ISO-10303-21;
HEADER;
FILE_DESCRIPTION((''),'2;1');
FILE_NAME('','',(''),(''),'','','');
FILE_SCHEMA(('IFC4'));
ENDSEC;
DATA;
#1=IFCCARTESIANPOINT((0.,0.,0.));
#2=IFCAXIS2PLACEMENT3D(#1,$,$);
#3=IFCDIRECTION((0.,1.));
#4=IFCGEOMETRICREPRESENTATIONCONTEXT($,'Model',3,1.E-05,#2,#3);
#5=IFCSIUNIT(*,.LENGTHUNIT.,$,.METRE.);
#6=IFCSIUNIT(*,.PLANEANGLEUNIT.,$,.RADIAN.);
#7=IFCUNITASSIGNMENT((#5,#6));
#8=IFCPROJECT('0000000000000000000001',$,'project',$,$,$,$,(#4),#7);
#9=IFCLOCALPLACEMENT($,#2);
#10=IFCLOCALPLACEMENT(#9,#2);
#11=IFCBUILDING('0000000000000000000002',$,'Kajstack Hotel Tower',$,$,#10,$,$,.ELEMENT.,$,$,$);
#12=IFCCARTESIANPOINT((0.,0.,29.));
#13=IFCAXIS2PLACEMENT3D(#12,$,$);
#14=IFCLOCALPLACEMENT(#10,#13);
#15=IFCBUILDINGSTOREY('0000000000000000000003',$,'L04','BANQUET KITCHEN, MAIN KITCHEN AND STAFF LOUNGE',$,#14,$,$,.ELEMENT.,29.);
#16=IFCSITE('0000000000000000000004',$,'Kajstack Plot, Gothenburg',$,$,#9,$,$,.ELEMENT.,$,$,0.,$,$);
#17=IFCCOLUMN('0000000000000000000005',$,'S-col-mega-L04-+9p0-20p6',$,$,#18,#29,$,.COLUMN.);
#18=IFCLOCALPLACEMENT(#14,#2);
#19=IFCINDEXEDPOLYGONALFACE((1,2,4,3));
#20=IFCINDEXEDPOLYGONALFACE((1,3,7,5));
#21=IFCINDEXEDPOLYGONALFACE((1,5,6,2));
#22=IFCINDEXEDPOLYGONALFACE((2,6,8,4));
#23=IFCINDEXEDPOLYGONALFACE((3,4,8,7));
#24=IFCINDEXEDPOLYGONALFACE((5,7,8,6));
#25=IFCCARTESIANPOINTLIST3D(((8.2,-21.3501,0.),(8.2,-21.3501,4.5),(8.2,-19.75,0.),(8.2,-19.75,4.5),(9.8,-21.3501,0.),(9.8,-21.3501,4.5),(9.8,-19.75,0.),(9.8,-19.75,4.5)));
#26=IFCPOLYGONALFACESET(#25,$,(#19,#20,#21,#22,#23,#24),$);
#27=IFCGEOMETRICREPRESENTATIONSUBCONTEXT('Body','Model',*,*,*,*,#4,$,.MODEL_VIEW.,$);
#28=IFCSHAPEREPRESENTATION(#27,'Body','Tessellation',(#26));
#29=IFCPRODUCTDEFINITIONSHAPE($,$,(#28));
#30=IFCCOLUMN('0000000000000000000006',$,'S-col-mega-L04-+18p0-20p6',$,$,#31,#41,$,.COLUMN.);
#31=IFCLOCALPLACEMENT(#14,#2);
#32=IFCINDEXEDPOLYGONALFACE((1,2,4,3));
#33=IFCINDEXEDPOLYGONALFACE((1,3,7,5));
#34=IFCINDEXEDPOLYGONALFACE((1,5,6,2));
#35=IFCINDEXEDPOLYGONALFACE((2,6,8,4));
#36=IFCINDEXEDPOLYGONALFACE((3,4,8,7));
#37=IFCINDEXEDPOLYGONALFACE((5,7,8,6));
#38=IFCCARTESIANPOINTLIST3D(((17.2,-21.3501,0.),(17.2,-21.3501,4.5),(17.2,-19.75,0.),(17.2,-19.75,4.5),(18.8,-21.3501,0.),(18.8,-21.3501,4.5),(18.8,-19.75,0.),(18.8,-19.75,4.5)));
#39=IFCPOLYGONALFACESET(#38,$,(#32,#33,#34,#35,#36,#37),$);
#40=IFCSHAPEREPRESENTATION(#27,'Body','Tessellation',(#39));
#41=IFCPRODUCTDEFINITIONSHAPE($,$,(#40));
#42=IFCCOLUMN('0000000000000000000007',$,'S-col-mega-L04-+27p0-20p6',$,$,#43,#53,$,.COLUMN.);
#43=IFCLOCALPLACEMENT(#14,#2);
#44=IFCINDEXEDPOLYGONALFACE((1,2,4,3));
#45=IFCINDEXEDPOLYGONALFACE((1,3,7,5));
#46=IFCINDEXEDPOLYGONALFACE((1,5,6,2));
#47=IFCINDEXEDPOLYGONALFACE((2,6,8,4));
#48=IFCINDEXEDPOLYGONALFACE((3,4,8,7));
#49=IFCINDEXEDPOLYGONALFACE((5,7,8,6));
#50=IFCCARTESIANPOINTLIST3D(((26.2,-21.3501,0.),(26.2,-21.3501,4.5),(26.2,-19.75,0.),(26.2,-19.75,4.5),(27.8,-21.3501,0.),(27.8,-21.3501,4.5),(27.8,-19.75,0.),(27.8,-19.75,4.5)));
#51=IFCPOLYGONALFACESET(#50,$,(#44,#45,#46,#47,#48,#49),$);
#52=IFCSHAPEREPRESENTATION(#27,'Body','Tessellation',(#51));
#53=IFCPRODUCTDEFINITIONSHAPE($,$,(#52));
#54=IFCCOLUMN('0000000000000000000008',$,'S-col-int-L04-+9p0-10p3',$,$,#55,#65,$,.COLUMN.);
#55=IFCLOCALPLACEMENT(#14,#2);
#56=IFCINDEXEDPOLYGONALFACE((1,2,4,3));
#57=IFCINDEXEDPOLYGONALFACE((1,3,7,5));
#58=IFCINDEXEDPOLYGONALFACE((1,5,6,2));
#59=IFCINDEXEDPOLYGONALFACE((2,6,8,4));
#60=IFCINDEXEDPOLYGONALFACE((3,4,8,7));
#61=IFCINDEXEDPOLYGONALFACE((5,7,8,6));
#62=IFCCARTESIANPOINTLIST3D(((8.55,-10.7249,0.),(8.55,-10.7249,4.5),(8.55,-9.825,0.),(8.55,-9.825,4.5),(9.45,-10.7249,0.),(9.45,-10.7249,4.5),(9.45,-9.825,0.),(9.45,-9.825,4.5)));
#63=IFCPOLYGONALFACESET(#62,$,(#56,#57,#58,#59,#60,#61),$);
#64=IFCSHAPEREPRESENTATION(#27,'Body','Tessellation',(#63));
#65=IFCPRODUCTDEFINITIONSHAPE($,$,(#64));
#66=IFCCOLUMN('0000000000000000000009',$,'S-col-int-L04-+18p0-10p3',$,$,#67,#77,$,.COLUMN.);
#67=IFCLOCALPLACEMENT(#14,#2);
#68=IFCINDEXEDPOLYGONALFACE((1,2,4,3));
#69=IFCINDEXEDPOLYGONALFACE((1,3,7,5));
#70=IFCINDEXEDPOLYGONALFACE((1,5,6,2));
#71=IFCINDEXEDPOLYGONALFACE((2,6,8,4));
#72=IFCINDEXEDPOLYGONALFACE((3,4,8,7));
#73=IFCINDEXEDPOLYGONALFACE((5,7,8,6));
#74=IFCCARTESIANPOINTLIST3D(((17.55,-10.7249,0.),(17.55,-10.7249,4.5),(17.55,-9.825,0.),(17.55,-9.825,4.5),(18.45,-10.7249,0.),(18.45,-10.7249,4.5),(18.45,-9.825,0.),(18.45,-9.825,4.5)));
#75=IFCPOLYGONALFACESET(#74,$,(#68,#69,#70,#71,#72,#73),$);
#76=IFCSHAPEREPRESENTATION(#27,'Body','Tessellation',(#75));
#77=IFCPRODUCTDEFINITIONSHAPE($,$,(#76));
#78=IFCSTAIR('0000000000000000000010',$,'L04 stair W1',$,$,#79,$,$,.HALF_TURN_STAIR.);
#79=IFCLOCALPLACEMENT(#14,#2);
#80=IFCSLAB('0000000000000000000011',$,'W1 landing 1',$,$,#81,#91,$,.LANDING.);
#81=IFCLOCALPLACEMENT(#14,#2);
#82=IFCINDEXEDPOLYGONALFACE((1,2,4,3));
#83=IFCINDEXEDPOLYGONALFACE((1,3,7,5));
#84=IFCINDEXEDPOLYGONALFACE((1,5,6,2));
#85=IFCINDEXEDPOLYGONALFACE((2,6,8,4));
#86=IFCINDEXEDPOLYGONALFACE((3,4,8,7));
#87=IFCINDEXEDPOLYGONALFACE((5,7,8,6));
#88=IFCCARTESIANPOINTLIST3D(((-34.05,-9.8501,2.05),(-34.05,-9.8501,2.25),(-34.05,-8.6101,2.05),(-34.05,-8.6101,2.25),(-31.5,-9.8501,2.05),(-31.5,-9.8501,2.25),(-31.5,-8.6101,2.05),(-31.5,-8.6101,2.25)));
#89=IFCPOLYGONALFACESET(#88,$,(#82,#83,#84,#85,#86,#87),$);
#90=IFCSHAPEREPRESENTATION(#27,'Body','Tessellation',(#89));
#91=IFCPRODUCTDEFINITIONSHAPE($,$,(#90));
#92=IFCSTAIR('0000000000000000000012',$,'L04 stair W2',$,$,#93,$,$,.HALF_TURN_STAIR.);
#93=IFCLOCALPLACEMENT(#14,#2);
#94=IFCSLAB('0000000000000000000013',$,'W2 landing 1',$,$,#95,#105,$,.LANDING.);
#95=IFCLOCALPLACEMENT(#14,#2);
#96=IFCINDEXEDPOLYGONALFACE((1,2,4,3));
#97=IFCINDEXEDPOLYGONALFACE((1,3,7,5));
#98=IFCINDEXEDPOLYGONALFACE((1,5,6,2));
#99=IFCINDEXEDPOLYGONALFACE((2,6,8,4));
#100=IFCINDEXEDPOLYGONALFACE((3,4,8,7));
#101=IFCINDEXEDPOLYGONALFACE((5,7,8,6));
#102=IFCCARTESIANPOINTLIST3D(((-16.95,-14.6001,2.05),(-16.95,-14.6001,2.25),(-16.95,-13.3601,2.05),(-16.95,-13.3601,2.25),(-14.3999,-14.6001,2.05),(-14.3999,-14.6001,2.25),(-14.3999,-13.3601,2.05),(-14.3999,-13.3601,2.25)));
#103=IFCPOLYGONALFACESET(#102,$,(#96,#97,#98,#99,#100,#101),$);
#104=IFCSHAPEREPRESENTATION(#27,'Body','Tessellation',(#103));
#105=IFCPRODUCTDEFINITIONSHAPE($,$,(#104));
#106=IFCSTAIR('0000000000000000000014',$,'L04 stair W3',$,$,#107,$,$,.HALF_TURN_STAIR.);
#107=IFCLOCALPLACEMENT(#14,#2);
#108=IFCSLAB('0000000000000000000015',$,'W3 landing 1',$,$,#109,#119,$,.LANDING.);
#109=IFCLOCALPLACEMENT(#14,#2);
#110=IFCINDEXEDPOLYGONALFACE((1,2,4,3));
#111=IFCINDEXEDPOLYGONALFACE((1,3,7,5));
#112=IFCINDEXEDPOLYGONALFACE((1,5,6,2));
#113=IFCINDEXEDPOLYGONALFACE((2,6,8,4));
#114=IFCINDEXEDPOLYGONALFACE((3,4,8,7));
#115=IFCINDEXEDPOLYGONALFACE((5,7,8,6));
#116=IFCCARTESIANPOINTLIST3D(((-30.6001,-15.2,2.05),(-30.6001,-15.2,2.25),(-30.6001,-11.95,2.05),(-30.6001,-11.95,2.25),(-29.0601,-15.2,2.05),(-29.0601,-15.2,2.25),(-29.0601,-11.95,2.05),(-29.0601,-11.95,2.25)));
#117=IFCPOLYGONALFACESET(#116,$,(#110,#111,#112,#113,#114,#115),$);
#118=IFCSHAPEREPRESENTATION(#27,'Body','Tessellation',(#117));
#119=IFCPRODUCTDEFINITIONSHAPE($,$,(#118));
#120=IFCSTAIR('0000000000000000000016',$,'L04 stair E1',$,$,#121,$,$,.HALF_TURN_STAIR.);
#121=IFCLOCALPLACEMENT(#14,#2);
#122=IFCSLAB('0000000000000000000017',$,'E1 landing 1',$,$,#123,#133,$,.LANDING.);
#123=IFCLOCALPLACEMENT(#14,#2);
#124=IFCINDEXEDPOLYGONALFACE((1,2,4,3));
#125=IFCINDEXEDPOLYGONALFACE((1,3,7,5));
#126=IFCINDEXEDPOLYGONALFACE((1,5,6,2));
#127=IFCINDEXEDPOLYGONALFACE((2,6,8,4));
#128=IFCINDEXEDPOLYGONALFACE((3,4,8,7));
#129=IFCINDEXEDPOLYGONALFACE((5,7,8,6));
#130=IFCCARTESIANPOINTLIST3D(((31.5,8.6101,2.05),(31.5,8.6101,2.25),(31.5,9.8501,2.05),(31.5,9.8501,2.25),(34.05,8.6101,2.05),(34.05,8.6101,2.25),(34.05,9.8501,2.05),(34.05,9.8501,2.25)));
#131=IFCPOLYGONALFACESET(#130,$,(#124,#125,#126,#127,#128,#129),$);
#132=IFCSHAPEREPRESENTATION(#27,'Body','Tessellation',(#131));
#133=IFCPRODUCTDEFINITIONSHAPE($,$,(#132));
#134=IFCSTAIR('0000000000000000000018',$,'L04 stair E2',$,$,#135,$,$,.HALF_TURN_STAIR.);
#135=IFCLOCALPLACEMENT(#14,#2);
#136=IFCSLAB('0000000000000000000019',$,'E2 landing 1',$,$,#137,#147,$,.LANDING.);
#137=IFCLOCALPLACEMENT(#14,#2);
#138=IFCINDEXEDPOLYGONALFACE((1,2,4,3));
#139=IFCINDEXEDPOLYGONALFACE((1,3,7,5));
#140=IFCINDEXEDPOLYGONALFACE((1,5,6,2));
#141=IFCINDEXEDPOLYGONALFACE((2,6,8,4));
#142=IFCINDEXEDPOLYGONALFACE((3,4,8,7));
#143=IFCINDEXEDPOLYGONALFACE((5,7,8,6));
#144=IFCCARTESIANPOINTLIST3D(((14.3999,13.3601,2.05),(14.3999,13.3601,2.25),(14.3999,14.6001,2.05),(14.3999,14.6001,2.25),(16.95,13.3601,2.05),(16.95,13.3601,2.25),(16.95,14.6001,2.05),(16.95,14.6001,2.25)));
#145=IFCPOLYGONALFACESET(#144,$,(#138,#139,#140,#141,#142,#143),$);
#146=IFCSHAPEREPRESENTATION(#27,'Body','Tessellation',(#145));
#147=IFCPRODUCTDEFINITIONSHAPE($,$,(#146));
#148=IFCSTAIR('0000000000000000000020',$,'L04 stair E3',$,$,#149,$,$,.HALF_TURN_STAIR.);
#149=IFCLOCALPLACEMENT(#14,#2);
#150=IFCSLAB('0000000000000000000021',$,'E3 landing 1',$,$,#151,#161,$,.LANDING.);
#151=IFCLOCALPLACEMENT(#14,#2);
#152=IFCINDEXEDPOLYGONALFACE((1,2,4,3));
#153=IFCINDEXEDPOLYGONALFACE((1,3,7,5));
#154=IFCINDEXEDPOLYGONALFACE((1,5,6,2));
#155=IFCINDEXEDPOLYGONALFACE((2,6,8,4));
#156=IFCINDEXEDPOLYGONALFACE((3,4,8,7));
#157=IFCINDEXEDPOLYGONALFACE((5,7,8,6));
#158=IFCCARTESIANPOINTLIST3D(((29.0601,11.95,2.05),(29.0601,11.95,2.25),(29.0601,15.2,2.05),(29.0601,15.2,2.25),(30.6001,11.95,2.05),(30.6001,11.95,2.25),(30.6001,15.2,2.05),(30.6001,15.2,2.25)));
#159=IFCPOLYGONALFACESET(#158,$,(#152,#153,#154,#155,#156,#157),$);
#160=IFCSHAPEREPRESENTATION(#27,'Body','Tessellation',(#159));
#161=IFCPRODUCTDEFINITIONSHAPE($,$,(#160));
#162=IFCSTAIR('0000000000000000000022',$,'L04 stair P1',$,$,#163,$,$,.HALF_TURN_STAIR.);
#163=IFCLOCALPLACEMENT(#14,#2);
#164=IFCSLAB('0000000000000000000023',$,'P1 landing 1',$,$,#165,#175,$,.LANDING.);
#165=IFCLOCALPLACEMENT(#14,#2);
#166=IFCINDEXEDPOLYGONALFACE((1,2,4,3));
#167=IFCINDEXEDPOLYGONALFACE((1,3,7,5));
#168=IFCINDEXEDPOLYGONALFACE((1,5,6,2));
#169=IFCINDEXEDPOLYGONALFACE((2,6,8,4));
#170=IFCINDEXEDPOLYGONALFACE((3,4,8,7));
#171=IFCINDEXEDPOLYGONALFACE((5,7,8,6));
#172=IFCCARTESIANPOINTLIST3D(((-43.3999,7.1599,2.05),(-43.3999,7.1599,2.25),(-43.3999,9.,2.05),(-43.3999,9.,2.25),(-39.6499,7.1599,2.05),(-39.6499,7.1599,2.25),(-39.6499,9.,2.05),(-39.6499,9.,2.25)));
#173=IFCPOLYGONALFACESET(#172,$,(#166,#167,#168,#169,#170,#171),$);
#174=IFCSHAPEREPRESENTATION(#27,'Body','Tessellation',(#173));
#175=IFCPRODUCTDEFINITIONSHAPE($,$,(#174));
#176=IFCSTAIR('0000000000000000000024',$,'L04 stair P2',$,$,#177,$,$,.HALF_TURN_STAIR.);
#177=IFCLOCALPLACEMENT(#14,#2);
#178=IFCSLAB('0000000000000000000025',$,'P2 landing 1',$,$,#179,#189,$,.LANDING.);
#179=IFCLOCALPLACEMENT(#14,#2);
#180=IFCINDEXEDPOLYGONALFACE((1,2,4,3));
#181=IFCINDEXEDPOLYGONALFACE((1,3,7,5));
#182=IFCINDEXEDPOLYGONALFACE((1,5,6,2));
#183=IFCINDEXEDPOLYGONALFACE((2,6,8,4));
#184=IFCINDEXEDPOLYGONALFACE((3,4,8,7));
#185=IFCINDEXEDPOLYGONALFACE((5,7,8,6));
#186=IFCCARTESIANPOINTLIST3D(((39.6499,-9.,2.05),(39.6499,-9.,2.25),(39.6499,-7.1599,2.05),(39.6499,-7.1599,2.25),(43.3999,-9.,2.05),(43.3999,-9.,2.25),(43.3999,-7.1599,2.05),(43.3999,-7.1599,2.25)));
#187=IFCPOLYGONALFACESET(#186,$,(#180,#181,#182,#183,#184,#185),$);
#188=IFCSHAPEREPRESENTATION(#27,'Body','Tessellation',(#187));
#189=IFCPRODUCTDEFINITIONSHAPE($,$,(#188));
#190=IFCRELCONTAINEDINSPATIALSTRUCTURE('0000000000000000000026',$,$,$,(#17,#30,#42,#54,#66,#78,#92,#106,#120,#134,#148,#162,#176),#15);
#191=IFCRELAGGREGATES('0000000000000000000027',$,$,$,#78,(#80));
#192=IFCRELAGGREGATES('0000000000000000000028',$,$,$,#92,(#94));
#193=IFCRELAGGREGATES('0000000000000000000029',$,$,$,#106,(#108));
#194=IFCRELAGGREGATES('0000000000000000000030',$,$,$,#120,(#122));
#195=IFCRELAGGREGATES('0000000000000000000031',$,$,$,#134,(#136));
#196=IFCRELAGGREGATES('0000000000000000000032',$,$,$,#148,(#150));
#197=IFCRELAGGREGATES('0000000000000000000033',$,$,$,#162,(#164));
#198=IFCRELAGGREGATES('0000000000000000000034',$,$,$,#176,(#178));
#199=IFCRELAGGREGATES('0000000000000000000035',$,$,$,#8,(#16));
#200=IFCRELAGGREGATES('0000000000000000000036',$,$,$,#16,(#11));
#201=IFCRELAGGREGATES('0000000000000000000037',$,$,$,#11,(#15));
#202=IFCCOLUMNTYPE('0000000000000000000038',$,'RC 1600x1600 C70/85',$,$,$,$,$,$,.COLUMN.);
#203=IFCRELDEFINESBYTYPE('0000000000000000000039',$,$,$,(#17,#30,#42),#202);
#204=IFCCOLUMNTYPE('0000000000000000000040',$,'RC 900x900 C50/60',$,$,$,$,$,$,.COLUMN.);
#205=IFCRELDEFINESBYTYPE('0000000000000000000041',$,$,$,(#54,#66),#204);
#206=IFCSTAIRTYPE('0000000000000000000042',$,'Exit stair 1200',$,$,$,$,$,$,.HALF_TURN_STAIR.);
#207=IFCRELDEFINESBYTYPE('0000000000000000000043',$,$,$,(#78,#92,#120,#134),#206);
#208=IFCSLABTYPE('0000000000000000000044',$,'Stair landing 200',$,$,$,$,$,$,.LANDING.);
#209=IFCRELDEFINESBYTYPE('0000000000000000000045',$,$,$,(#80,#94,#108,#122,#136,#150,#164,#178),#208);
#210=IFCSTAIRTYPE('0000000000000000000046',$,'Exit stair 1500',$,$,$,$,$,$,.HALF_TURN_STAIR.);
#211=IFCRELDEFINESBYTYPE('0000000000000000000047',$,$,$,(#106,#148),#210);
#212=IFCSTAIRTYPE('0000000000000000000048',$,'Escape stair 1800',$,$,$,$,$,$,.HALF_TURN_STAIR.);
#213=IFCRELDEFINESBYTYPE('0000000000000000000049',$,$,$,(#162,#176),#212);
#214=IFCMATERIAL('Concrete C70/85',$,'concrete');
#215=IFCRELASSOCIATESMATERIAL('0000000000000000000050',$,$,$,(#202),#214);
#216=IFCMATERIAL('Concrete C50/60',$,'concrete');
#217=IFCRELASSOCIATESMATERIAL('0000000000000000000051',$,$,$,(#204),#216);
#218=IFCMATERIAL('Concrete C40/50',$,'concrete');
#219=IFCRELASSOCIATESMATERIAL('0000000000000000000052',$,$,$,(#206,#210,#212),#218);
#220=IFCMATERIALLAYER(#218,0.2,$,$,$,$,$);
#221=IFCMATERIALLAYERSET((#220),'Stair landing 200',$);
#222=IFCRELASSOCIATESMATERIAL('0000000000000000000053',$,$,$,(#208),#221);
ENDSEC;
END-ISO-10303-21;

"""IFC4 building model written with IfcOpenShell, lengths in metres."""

from ifc_helpers import new_model, si_unit, direction, frame, origin, origin_2d, place, context, subcontext, project, spatial, polyline, rectangle, outline, extrude, material, layer, layer_set, material_profile, profile_set, type_object, element, aggregate, save


model = new_model("IFC4")

# Units and contexts
model_context = context("Model", 3, precision=1e-05, world=origin(), true_north=direction((0.0, 1.0)))
body_context = subcontext(model_context, "Body", "Model", "MODEL_VIEW")
ifc_project = project(units=[si_unit("LENGTHUNIT", "METRE"), si_unit("PLANEANGLEUNIT", "RADIAN")], contexts=[model_context])

# Site, building, storey
site_placement = place(None, origin())
site = spatial("IfcSite", under=ifc_project, at=site_placement, Name="Kajstack Plot, Gothenburg", CompositionType="ELEMENT", RefElevation=0.0)
building_placement = place(site_placement, origin())
building = spatial("IfcBuilding", under=site, at=building_placement, Name="Kajstack Hotel Tower", CompositionType="ELEMENT")
storey_placement = place(building_placement, frame((0.0, 0.0, 29.0)))
storey = spatial("IfcBuildingStorey", under=building, at=storey_placement, Name="L04", Description="BANQUET KITCHEN, MAIN KITCHEN AND STAFF LOUNGE", CompositionType="ELEMENT", Elevation=29.0)

# Columns
ifc_material_1 = material(Name="Concrete C70/85", Category="concrete")
ifc_material_profile_1 = material_profile(ifc_material_1, rectangle(XDim=1.6001, YDim=1.6001, at=origin_2d()), Name="RC 1600x1600")
ifc_profile_set_1 = profile_set([ifc_material_profile_1], Name="Concrete C70/85")
column_type_1 = type_object("IfcColumnType", Name="RC 1600x1600 C70/85", PredefinedType="COLUMN", material=ifc_profile_set_1)
for number, where, z_axis, x_axis, name in (
    (1, (9.0, -20.55, 0.0), (0.0, 0.0, 1.0), (1.0, 0.0, 0.0), "S-col-mega-L04-+9p0-20p6"),
    (2, (18.0, -20.55, 0.0), (0.0, 0.0, 1.0), (1.0, 0.0, 0.0), "S-col-mega-L04-+18p0-20p6"),
    (3, (27.0, -20.55, 0.0), (0.0, 0.0, 1.0), (1.0, 0.0, 0.0), "S-col-mega-L04-+27p0-20p6"),
):
    element("IfcColumn", number, at=place(storey_placement, frame(where, z_axis=z_axis, x_axis=x_axis)), inside=storey, type_object=column_type_1, Name=name, PredefinedType="COLUMN", context=body_context, shape_type="SweptSolid", body=[
        extrude(rectangle(XDim=1.6001, YDim=1.6001, at=origin_2d()), origin(), (0.0, 0.0, 1.0), 4.5),
    ])
ifc_material_2 = material(Name="Concrete C50/60", Category="concrete")
ifc_material_profile_2 = material_profile(ifc_material_2, rectangle(XDim=0.8999, YDim=0.8999, at=origin_2d()), Name="RC 900x900")
ifc_profile_set_2 = profile_set([ifc_material_profile_2], Name="Concrete C50/60")
column_type_2 = type_object("IfcColumnType", Name="RC 900x900 C50/60", PredefinedType="COLUMN", material=ifc_profile_set_2)
for number, where, z_axis, x_axis, name in (
    (4, (9.0, -10.2749, 0.0), (0.0, 0.0, 1.0), (1.0, 0.0, 0.0), "S-col-int-L04-+9p0-10p3"),
    (5, (18.0, -10.2749, 0.0), (0.0, 0.0, 1.0), (1.0, 0.0, 0.0), "S-col-int-L04-+18p0-10p3"),
):
    element("IfcColumn", number, at=place(storey_placement, frame(where, z_axis=z_axis, x_axis=x_axis)), inside=storey, type_object=column_type_2, Name=name, PredefinedType="COLUMN", context=body_context, shape_type="SweptSolid", body=[
        extrude(rectangle(XDim=0.8999, YDim=0.8999, at=origin_2d()), origin(), (0.0, 0.0, 1.0), 4.5),
    ])

# Stairs, slabs
ifc_material_3 = material(Name="Concrete C40/50", Category="concrete")
stair_type_1 = type_object("IfcStairType", Name="Exit stair 1200", PredefinedType="HALF_TURN_STAIR", material=ifc_material_3)
stair_1_placement = place(storey_placement, origin())
stair_1 = element("IfcStair", 6, at=stair_1_placement, inside=storey, type_object=stair_type_1, Name="L04 stair W1", PredefinedType="HALF_TURN_STAIR")
ifc_layer_1 = layer(ifc_material_3, 0.2)
ifc_layer_set_1 = layer_set([ifc_layer_1], Name="Stair landing 200")
slab_type = type_object("IfcSlabType", Name="Stair landing 200", PredefinedType="LANDING", material=ifc_layer_set_1)
slab_1_placement = place(storey_placement, frame((0.0, 0.0, 2.05)))
slab_1 = element("IfcSlab", 7, at=slab_1_placement, type_object=slab_type, Name="W1 landing 1", PredefinedType="LANDING", context=body_context, shape_type="SweptSolid", body=[
    extrude(outline(polyline([(-34.05, -8.6101), (-34.05, -9.8501), (-31.5, -9.8501), (-31.5, -8.6101), (-34.05, -8.6101)])), origin(), (0.0, 0.0, 1.0), 0.2),
])
aggregate(stair_1, [slab_1])
stair_2_placement = place(storey_placement, origin())
stair_2 = element("IfcStair", 8, at=stair_2_placement, inside=storey, type_object=stair_type_1, Name="L04 stair W2", PredefinedType="HALF_TURN_STAIR")
slab_2_placement = place(storey_placement, frame((0.0, 0.0, 2.05)))
slab_2 = element("IfcSlab", 9, at=slab_2_placement, type_object=slab_type, Name="W2 landing 1", PredefinedType="LANDING", context=body_context, shape_type="SweptSolid", body=[
    extrude(outline(polyline([(-16.95, -13.3601), (-16.95, -14.6001), (-14.3999, -14.6001), (-14.3999, -13.3601), (-16.95, -13.3601)])), origin(), (0.0, 0.0, 1.0), 0.2),
])
aggregate(stair_2, [slab_2])
stair_type_2 = type_object("IfcStairType", Name="Exit stair 1500", PredefinedType="HALF_TURN_STAIR", material=ifc_material_3)
stair_3_placement = place(storey_placement, origin())
stair_3 = element("IfcStair", 10, at=stair_3_placement, inside=storey, type_object=stair_type_2, Name="L04 stair W3", PredefinedType="HALF_TURN_STAIR")
slab_3_placement = place(storey_placement, frame((0.0, 0.0, 2.05)))
slab_3 = element("IfcSlab", 11, at=slab_3_placement, type_object=slab_type, Name="W3 landing 1", PredefinedType="LANDING", context=body_context, shape_type="SweptSolid", body=[
    extrude(outline(polyline([(-29.0601, -11.95), (-30.6001, -11.95), (-30.6001, -15.2), (-29.0601, -15.2), (-29.0601, -11.95)])), origin(), (0.0, 0.0, 1.0), 0.2),
])
aggregate(stair_3, [slab_3])
stair_4_placement = place(storey_placement, origin())
stair_4 = element("IfcStair", 12, at=stair_4_placement, inside=storey, type_object=stair_type_1, Name="L04 stair E1", PredefinedType="HALF_TURN_STAIR")
slab_4_placement = place(storey_placement, frame((0.0, 0.0, 2.05)))
slab_4 = element("IfcSlab", 13, at=slab_4_placement, type_object=slab_type, Name="E1 landing 1", PredefinedType="LANDING", context=body_context, shape_type="SweptSolid", body=[
    extrude(outline(polyline([(34.05, 8.6101), (34.05, 9.8501), (31.5, 9.8501), (31.5, 8.6101), (34.05, 8.6101)])), origin(), (0.0, 0.0, 1.0), 0.2),
])
aggregate(stair_4, [slab_4])
stair_5_placement = place(storey_placement, origin())
stair_5 = element("IfcStair", 14, at=stair_5_placement, inside=storey, type_object=stair_type_1, Name="L04 stair E2", PredefinedType="HALF_TURN_STAIR")
slab_5_placement = place(storey_placement, frame((0.0, 0.0, 2.05)))
slab_5 = element("IfcSlab", 15, at=slab_5_placement, type_object=slab_type, Name="E2 landing 1", PredefinedType="LANDING", context=body_context, shape_type="SweptSolid", body=[
    extrude(outline(polyline([(16.95, 13.3601), (16.95, 14.6001), (14.3999, 14.6001), (14.3999, 13.3601), (16.95, 13.3601)])), origin(), (0.0, 0.0, 1.0), 0.2),
])
aggregate(stair_5, [slab_5])
stair_6_placement = place(storey_placement, origin())
stair_6 = element("IfcStair", 16, at=stair_6_placement, inside=storey, type_object=stair_type_2, Name="L04 stair E3", PredefinedType="HALF_TURN_STAIR")
slab_6_placement = place(storey_placement, frame((0.0, 0.0, 2.05)))
slab_6 = element("IfcSlab", 17, at=slab_6_placement, type_object=slab_type, Name="E3 landing 1", PredefinedType="LANDING", context=body_context, shape_type="SweptSolid", body=[
    extrude(outline(polyline([(29.0601, 11.95), (30.6001, 11.95), (30.6001, 15.2), (29.0601, 15.2), (29.0601, 11.95)])), origin(), (0.0, 0.0, 1.0), 0.2),
])
aggregate(stair_6, [slab_6])
stair_type_3 = type_object("IfcStairType", Name="Escape stair 1800", PredefinedType="HALF_TURN_STAIR", material=ifc_material_3)
stair_7_placement = place(storey_placement, origin())
stair_7 = element("IfcStair", 18, at=stair_7_placement, inside=storey, type_object=stair_type_3, Name="L04 stair P1", PredefinedType="HALF_TURN_STAIR")
slab_7_placement = place(storey_placement, frame((0.0, 0.0, 2.05)))
slab_7 = element("IfcSlab", 19, at=slab_7_placement, type_object=slab_type, Name="P1 landing 1", PredefinedType="LANDING", context=body_context, shape_type="SweptSolid", body=[
    extrude(outline(polyline([(-39.6499, 7.1599), (-39.6499, 9.0), (-43.3999, 9.0), (-43.3999, 7.1599), (-39.6499, 7.1599)])), origin(), (0.0, 0.0, 1.0), 0.2),
])
aggregate(stair_7, [slab_7])
stair_8_placement = place(storey_placement, origin())
stair_8 = element("IfcStair", 20, at=stair_8_placement, inside=storey, type_object=stair_type_3, Name="L04 stair P2", PredefinedType="HALF_TURN_STAIR")
slab_8_placement = place(storey_placement, frame((0.0, 0.0, 2.05)))
slab_8 = element("IfcSlab", 21, at=slab_8_placement, type_object=slab_type, Name="P2 landing 1", PredefinedType="LANDING", context=body_context, shape_type="SweptSolid", body=[
    extrude(outline(polyline([(39.6499, -7.1599), (39.6499, -9.0), (43.3999, -9.0), (43.3999, -7.1599), (39.6499, -7.1599)])), origin(), (0.0, 0.0, 1.0), 0.2),
])
aggregate(stair_8, [slab_8])

save(model, "model.ifc")
